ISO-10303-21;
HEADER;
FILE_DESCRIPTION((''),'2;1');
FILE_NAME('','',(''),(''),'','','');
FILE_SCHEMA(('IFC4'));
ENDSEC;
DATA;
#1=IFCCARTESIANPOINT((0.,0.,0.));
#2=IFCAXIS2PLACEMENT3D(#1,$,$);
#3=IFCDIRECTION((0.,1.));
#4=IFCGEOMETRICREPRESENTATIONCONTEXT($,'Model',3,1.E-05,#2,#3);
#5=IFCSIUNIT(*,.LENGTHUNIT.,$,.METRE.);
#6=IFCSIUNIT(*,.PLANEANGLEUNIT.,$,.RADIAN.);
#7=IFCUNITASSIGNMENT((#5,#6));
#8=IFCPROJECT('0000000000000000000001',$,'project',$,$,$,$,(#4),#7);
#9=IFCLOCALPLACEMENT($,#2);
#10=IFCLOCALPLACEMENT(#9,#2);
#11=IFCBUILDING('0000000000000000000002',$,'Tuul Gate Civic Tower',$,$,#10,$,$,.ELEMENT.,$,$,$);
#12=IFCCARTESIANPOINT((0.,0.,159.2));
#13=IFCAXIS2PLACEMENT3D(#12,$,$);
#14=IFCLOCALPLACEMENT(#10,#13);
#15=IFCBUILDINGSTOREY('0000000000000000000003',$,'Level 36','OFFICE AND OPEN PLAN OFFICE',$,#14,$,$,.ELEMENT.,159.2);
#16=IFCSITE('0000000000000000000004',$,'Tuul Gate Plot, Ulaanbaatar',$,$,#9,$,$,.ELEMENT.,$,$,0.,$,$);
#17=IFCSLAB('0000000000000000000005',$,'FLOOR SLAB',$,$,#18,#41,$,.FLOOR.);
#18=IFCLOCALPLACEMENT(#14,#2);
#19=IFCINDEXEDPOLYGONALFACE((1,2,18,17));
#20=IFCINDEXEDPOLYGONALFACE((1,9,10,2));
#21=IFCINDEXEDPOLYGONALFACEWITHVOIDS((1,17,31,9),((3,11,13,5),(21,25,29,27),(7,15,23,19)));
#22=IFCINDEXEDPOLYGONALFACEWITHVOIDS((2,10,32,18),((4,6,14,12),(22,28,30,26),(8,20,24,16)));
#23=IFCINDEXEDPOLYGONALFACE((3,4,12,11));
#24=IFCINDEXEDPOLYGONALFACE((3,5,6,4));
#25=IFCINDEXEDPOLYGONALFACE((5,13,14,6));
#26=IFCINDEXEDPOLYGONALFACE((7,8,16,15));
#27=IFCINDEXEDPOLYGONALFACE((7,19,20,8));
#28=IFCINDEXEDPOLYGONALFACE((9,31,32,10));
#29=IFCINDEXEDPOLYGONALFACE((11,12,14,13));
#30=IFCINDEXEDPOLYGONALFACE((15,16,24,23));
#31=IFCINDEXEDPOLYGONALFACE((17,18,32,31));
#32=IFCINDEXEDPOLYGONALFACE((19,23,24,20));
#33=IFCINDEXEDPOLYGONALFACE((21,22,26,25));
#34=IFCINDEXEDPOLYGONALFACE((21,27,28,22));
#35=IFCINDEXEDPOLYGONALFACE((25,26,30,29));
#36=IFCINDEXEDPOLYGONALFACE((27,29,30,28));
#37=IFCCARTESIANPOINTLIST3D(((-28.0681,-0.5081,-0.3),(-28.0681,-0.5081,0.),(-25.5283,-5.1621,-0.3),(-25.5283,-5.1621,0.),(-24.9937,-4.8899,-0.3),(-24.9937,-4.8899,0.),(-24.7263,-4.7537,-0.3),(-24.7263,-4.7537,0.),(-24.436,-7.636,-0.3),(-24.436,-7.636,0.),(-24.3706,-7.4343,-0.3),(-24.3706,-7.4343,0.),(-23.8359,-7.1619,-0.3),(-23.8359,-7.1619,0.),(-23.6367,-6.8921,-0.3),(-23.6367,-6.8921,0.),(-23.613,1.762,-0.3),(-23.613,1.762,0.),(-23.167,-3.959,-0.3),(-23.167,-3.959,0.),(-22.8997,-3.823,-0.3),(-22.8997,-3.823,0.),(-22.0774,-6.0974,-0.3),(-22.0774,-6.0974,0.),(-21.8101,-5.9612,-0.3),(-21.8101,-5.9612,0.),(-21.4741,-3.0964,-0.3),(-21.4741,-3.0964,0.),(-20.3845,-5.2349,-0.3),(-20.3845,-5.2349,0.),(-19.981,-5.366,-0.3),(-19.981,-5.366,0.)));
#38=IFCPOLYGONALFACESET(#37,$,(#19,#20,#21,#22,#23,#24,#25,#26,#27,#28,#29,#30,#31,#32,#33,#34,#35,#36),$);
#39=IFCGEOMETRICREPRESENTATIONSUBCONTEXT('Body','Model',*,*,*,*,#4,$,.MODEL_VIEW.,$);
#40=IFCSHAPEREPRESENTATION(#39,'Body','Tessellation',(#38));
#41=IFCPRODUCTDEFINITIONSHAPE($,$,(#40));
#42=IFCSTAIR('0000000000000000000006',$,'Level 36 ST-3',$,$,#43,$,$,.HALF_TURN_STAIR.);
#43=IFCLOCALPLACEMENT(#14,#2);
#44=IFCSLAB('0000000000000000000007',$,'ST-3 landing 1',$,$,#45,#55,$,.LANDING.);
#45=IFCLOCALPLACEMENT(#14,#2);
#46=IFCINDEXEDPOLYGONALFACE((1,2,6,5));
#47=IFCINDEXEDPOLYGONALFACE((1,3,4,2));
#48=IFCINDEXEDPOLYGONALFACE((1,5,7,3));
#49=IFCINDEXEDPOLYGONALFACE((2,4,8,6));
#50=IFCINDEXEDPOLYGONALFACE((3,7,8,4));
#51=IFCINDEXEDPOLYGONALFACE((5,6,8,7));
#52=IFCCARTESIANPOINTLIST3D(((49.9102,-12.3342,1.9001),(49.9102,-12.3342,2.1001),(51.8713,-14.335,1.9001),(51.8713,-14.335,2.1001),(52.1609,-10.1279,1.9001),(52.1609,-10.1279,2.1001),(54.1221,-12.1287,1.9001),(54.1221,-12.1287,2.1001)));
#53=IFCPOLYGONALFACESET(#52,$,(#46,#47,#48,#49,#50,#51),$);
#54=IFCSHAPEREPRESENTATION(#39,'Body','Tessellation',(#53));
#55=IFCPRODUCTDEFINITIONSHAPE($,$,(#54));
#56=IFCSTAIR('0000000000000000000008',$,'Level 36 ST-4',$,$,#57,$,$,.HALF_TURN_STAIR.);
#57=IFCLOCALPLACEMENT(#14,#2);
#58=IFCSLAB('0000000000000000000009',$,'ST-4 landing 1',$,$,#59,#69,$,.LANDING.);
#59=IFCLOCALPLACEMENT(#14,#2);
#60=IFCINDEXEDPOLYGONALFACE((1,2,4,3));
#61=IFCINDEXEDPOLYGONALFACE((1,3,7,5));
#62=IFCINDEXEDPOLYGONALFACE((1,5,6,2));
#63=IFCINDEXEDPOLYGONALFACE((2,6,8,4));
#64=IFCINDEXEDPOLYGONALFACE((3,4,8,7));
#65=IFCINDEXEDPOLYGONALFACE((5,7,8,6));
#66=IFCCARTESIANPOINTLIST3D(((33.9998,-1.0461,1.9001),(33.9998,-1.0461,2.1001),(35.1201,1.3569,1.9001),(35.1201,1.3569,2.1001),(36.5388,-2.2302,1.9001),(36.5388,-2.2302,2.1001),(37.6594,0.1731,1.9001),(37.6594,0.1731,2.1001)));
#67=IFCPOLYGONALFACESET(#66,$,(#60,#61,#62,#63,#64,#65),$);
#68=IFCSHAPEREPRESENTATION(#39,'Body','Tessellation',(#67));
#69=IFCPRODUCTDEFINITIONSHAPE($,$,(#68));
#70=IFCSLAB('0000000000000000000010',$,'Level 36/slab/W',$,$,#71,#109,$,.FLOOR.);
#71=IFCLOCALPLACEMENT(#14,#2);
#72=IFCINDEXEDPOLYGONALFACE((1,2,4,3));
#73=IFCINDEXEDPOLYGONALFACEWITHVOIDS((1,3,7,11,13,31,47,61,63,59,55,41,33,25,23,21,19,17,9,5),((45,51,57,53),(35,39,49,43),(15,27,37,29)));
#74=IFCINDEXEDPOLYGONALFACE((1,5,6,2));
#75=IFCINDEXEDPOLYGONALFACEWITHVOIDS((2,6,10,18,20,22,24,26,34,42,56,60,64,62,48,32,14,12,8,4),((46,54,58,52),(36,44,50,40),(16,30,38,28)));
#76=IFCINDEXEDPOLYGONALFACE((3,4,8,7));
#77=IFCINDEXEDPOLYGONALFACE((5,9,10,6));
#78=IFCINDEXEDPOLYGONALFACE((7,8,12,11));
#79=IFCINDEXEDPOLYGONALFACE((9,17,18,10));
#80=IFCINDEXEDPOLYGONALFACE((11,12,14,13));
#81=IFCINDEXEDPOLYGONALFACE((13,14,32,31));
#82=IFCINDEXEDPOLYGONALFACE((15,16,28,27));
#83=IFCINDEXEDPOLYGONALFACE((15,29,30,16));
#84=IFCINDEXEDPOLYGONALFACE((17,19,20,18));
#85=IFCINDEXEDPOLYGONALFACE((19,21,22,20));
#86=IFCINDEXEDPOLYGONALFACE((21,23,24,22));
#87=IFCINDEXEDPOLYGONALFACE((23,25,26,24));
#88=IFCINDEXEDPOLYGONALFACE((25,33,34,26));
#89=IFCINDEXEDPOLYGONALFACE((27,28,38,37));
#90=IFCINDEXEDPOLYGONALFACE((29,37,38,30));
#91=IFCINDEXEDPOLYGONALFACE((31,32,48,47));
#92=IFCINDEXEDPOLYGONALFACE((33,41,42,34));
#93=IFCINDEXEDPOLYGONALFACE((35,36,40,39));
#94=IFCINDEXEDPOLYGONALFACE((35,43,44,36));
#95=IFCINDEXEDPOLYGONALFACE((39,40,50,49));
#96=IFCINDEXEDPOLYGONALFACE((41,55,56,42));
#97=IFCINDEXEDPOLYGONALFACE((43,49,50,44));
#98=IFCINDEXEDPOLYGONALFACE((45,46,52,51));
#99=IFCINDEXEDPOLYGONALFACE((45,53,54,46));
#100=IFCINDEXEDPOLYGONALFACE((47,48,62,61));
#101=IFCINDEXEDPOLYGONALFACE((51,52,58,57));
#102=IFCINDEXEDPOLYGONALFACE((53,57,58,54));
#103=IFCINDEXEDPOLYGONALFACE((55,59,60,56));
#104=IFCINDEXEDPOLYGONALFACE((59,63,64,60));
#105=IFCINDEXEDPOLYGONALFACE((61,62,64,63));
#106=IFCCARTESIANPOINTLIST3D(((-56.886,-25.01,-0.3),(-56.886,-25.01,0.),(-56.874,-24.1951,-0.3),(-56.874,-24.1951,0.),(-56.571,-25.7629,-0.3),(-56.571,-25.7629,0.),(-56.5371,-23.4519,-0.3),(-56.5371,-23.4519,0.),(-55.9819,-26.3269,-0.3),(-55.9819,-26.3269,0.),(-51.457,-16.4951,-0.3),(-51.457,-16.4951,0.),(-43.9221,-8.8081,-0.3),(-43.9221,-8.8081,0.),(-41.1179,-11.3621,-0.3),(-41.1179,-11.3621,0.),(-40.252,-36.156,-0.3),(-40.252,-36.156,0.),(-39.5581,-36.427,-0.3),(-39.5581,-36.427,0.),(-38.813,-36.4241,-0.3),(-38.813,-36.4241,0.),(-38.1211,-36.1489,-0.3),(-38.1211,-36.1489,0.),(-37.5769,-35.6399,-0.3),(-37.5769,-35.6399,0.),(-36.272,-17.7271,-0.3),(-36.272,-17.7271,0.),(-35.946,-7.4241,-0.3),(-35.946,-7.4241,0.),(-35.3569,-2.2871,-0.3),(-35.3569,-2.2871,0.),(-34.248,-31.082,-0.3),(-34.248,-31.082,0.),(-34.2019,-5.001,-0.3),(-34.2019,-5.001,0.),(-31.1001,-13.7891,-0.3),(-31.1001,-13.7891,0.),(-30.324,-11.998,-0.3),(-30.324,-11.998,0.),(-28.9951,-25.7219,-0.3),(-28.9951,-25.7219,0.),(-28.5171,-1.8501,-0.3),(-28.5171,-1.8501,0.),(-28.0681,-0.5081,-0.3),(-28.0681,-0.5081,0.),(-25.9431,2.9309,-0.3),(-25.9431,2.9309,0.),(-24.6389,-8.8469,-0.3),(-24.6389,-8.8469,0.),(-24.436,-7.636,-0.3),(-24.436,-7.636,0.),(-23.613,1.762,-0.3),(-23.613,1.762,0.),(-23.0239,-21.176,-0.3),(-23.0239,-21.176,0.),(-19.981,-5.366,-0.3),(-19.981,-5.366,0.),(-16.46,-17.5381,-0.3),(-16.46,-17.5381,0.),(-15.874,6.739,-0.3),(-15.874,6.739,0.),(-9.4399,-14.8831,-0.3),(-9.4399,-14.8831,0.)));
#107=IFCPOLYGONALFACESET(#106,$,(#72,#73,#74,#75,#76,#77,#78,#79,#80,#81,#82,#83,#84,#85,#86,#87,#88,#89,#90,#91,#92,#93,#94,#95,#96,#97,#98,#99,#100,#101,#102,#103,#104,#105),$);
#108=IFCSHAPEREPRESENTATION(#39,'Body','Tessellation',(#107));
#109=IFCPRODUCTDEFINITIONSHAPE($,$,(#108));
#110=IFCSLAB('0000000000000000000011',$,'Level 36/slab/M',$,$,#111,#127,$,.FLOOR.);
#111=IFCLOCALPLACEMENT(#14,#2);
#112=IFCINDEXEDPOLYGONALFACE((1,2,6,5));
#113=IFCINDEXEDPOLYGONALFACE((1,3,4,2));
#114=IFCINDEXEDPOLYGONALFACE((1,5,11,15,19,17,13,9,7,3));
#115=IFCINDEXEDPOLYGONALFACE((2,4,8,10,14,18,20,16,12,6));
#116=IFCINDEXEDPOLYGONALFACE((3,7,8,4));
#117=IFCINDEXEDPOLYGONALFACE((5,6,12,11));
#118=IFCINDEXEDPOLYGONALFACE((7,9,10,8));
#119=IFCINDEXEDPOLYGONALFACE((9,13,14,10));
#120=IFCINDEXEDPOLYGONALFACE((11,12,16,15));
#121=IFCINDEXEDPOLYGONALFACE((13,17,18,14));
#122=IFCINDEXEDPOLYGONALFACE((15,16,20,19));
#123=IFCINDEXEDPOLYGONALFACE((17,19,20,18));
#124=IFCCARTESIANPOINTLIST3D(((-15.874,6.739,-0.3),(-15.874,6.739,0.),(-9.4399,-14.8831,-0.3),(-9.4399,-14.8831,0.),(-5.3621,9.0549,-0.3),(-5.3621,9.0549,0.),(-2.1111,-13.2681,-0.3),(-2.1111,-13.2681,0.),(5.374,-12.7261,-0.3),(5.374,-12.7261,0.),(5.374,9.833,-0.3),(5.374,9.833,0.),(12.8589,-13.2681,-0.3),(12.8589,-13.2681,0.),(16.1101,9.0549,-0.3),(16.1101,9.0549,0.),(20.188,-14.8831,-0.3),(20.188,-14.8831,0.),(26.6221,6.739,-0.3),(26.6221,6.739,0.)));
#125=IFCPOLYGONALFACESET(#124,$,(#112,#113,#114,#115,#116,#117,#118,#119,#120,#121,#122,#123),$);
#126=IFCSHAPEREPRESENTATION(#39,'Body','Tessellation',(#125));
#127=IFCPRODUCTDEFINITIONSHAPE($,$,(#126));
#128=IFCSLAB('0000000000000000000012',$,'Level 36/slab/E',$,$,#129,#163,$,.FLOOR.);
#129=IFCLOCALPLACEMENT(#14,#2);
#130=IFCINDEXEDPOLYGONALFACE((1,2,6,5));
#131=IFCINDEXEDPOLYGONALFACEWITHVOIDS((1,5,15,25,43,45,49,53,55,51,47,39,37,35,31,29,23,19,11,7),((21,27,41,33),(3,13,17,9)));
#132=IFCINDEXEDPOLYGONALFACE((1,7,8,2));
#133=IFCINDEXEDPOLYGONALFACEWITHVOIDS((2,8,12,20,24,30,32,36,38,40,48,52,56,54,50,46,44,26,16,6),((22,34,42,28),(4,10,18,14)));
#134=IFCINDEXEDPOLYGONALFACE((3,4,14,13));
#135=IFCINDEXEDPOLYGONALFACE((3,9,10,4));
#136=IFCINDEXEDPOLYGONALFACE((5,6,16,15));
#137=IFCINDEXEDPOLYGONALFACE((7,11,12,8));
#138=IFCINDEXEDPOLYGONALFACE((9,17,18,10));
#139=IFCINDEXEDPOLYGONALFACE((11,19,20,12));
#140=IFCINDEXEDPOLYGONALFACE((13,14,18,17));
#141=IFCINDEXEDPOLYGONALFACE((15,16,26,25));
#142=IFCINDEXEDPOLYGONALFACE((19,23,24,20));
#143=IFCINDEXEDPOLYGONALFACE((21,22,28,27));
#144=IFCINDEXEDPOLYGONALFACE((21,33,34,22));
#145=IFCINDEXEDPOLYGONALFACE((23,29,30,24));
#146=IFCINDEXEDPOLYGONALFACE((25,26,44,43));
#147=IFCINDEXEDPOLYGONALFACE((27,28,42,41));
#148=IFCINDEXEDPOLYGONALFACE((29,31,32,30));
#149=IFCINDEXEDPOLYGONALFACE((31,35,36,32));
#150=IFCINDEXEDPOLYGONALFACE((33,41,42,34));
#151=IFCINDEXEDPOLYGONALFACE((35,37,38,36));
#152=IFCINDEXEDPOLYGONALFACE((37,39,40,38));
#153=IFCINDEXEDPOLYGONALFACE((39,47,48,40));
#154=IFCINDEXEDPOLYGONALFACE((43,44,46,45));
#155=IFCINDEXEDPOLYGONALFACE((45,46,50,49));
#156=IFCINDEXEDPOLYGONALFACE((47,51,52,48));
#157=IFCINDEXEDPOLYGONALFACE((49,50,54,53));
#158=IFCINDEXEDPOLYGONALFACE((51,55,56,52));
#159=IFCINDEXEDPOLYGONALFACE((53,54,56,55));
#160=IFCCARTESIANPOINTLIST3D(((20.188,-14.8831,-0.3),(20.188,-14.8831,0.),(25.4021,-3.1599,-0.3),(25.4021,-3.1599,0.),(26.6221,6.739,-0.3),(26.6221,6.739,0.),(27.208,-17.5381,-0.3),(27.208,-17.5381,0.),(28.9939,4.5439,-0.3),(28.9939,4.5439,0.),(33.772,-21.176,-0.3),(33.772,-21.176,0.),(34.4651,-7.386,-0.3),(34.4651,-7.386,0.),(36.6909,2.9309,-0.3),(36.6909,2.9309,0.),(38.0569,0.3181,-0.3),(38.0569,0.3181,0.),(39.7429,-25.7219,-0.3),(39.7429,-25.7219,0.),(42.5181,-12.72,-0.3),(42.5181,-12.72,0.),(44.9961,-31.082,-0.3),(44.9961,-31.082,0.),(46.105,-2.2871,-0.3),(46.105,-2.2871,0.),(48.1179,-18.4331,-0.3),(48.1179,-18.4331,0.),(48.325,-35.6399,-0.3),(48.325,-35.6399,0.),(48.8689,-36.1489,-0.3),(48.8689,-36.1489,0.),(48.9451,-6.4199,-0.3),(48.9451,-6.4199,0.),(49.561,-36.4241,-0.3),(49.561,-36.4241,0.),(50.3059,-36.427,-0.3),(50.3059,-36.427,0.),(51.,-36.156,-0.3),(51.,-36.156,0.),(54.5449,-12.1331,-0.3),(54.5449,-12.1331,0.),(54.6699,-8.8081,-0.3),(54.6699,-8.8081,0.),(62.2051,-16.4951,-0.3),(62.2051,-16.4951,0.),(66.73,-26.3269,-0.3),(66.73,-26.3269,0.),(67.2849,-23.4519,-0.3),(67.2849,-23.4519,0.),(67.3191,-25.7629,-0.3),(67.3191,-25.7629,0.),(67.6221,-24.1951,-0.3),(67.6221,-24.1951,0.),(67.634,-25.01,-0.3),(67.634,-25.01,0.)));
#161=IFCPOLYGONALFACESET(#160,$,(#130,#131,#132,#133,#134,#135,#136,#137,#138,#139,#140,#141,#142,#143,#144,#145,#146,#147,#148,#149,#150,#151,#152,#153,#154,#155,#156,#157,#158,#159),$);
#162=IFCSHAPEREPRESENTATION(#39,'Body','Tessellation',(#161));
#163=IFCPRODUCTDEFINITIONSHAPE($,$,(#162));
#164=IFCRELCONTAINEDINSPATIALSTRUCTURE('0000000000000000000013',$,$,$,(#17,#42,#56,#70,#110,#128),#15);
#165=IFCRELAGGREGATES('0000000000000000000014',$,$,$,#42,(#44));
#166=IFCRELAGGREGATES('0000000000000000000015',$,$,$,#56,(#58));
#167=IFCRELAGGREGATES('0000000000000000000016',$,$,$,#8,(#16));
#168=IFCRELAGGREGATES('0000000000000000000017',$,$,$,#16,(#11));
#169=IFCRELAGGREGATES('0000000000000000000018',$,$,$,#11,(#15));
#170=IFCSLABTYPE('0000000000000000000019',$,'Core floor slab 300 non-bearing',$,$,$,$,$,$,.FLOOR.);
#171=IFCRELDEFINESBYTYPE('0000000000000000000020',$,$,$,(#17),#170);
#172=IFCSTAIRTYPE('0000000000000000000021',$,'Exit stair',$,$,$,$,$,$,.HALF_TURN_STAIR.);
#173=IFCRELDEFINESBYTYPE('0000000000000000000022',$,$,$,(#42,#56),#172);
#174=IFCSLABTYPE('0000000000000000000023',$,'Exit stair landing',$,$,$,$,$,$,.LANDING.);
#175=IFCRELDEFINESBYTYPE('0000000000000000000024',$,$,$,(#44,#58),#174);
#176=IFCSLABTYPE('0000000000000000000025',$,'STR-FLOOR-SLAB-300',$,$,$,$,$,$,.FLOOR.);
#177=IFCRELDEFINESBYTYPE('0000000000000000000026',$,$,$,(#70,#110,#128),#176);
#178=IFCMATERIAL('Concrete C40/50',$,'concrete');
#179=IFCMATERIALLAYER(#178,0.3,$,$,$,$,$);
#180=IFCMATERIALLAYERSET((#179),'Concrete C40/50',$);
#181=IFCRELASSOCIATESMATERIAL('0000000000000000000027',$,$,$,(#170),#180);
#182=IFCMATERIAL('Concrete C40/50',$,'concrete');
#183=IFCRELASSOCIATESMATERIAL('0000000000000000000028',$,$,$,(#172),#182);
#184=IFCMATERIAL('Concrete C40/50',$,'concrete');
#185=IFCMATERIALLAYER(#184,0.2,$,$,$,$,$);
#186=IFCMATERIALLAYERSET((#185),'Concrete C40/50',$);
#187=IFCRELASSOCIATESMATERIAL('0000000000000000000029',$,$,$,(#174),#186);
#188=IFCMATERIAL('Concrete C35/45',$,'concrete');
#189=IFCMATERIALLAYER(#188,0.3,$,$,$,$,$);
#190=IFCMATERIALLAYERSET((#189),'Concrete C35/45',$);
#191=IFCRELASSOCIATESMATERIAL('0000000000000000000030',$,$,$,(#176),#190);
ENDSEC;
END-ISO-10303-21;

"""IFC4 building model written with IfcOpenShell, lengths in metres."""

from ifc_helpers import new_model, si_unit, direction, frame, origin, place, context, subcontext, project, spatial, polyline, outline, extrude, material, layer, layer_set, type_object, element, aggregate, save


model = new_model("IFC4")

# Units and contexts
model_context = context("Model", 3, precision=1e-05, world=origin(), true_north=direction((0.0, 1.0)))
body_context = subcontext(model_context, "Body", "Model", "MODEL_VIEW")
ifc_project = project(units=[si_unit("LENGTHUNIT", "METRE"), si_unit("PLANEANGLEUNIT", "RADIAN")], contexts=[model_context])

# Site, building, storey
site_placement = place(None, origin())
site = spatial("IfcSite", under=ifc_project, at=site_placement, Name="Tuul Gate Plot, Ulaanbaatar", CompositionType="ELEMENT", RefElevation=0.0)
building_placement = place(site_placement, origin())
building = spatial("IfcBuilding", under=site, at=building_placement, Name="Tuul Gate Civic Tower", CompositionType="ELEMENT")
storey_placement = place(building_placement, frame((0.0, 0.0, 159.2)))
storey = spatial("IfcBuildingStorey", under=building, at=storey_placement, Name="Level 36", Description="OFFICE AND OPEN PLAN OFFICE", CompositionType="ELEMENT", Elevation=159.2)

# Slab
ifc_material_1 = material(Name="Concrete C40/50", Category="concrete")
ifc_layer_1 = layer(ifc_material_1, 0.3)
ifc_layer_set_1 = layer_set([ifc_layer_1], Name="Concrete C40/50")
slab_type_1 = type_object("IfcSlabType", Name="Core floor slab 300 non-bearing", PredefinedType="FLOOR", material=ifc_layer_set_1)
slab_1_placement = place(storey_placement, frame((0.0, 0.0, -0.3)))
element("IfcSlab", 1, at=slab_1_placement, inside=storey, type_object=slab_type_1, Name="FLOOR SLAB", PredefinedType="FLOOR", context=body_context, shape_type="SweptSolid", body=[
    extrude(outline(polyline([(-19.981, -5.366), (-23.613, 1.762), (-28.0681, -0.5081), (-24.436, -7.636), (-19.981, -5.366)]), holes=[polyline([(-20.3845, -5.2349), (-21.4741, -3.0964), (-22.8997, -3.823), (-21.8101, -5.9612), (-20.3845, -5.2349)]), polyline([(-22.0774, -6.0974), (-23.167, -3.959), (-24.7263, -4.7537), (-23.6367, -6.8921), (-22.0774, -6.0974)]), polyline([(-23.8359, -7.1619), (-24.9937, -4.8899), (-25.5283, -5.1621), (-24.3706, -7.4343), (-23.8359, -7.1619)])]), origin(), (0.0, 0.0, 1.0), 0.3),
])

# Stairs, slabs
ifc_material_2 = material(Name="Concrete C40/50", Category="concrete")
stair_type = type_object("IfcStairType", Name="Exit stair", PredefinedType="HALF_TURN_STAIR", material=ifc_material_2)
stair_1_placement = place(storey_placement, origin())
stair_1 = element("IfcStair", 2, at=stair_1_placement, inside=storey, type_object=stair_type, Name="Level 36 ST-3", PredefinedType="HALF_TURN_STAIR")
ifc_material_3 = material(Name="Concrete C40/50", Category="concrete")
ifc_layer_2 = layer(ifc_material_3, 0.2)
ifc_layer_set_2 = layer_set([ifc_layer_2], Name="Concrete C40/50")
slab_type_2 = type_object("IfcSlabType", Name="Exit stair landing", PredefinedType="LANDING", material=ifc_layer_set_2)
slab_2_placement = place(storey_placement, frame((0.0, 0.0, 1.9001)))
slab_2 = element("IfcSlab", 3, at=slab_2_placement, type_object=slab_type_2, Name="ST-3 landing 1", PredefinedType="LANDING", context=body_context, shape_type="SweptSolid", body=[
    extrude(outline(polyline([(51.8713, -14.335), (49.9102, -12.3342), (52.1609, -10.1279), (54.1221, -12.1287), (51.8713, -14.335)])), origin(), (0.0, 0.0, 1.0), 0.2),
])
aggregate(stair_1, [slab_2])
stair_2_placement = place(storey_placement, origin())
stair_2 = element("IfcStair", 4, at=stair_2_placement, inside=storey, type_object=stair_type, Name="Level 36 ST-4", PredefinedType="HALF_TURN_STAIR")
slab_3_placement = place(storey_placement, frame((0.0, 0.0, 1.9001)))
slab_3 = element("IfcSlab", 5, at=slab_3_placement, type_object=slab_type_2, Name="ST-4 landing 1", PredefinedType="LANDING", context=body_context, shape_type="SweptSolid", body=[
    extrude(outline(polyline([(36.5388, -2.2302), (33.9998, -1.0461), (35.1201, 1.3569), (37.6594, 0.1731), (36.5388, -2.2302)])), origin(), (0.0, 0.0, 1.0), 0.2),
])
aggregate(stair_2, [slab_3])

# Slabs
ifc_material_4 = material(Name="Concrete C35/45", Category="concrete")
ifc_layer_3 = layer(ifc_material_4, 0.3)
ifc_layer_set_3 = layer_set([ifc_layer_3], Name="Concrete C35/45")
slab_type_3 = type_object("IfcSlabType", Name="STR-FLOOR-SLAB-300", PredefinedType="FLOOR", material=ifc_layer_set_3)
slab_4_placement = place(storey_placement, frame((0.0, 0.0, -0.3)))
element("IfcSlab", 6, at=slab_4_placement, inside=storey, type_object=slab_type_3, Name="Level 36/slab/W", PredefinedType="FLOOR", context=body_context, shape_type="SweptSolid", body=[
    extrude(outline(polyline([(-16.46, -17.5381), (-9.4399, -14.8831), (-15.874, 6.739), (-25.9431, 2.9309), (-35.3569, -2.2871), (-43.9221, -8.8081), (-51.457, -16.4951), (-56.5371, -23.4519), (-56.874, -24.1951), (-56.886, -25.01), (-56.571, -25.7629), (-55.9819, -26.3269), (-40.252, -36.156), (-39.5581, -36.427), (-38.813, -36.4241), (-38.1211, -36.1489), (-37.5769, -35.6399), (-34.248, -31.082), (-28.9951, -25.7219), (-23.0239, -21.176), (-16.46, -17.5381)]), holes=[polyline([(-31.1001, -13.7891), (-36.272, -17.7271), (-41.1179, -11.3621), (-35.946, -7.4241), (-31.1001, -13.7891)]), polyline([(-24.6389, -8.8469), (-30.324, -11.998), (-34.2019, -5.001), (-28.5171, -1.8501), (-24.6389, -8.8469)]), polyline([(-24.436, -7.636), (-28.0681, -0.5081), (-23.613, 1.762), (-19.981, -5.366), (-24.436, -7.636)])]), origin(), (0.0, 0.0, 1.0), 0.3),
])
slab_5_placement = place(storey_placement, frame((0.0, 0.0, -0.3)))
element("IfcSlab", 7, at=slab_5_placement, inside=storey, type_object=slab_type_3, Name="Level 36/slab/M", PredefinedType="FLOOR", context=body_context, shape_type="SweptSolid", body=[
    extrude(outline(polyline([(20.188, -14.8831), (26.6221, 6.739), (16.1101, 9.0549), (5.374, 9.833), (-5.3621, 9.0549), (-15.874, 6.739), (-9.4399, -14.8831), (-2.1111, -13.2681), (5.374, -12.7261), (12.8589, -13.2681), (20.188, -14.8831)])), origin(), (0.0, 0.0, 1.0), 0.3),
])
slab_6_placement = place(storey_placement, frame((0.0, 0.0, -0.3)))
element("IfcSlab", 8, at=slab_6_placement, inside=storey, type_object=slab_type_3, Name="Level 36/slab/E", PredefinedType="FLOOR", context=body_context, shape_type="SweptSolid", body=[
    extrude(outline(polyline([(50.3059, -36.427), (51.0, -36.156), (66.73, -26.3269), (67.3191, -25.7629), (67.634, -25.01), (67.6221, -24.1951), (67.2849, -23.4519), (62.2051, -16.4951), (54.6699, -8.8081), (46.105, -2.2871), (36.6909, 2.9309), (26.6221, 6.739), (20.188, -14.8831), (27.208, -17.5381), (33.772, -21.176), (39.7429, -25.7219), (44.9961, -31.082), (48.325, -35.6399), (48.8689, -36.1489), (49.561, -36.4241), (50.3059, -36.427)]), holes=[polyline([(48.1179, -18.4331), (42.5181, -12.72), (48.9451, -6.4199), (54.5449, -12.1331), (48.1179, -18.4331)]), polyline([(25.4021, -3.1599), (28.9939, 4.5439), (38.0569, 0.3181), (34.4651, -7.386), (25.4021, -3.1599)])]), origin(), (0.0, 0.0, 1.0), 0.3),
])

save(model, "model.ifc")
